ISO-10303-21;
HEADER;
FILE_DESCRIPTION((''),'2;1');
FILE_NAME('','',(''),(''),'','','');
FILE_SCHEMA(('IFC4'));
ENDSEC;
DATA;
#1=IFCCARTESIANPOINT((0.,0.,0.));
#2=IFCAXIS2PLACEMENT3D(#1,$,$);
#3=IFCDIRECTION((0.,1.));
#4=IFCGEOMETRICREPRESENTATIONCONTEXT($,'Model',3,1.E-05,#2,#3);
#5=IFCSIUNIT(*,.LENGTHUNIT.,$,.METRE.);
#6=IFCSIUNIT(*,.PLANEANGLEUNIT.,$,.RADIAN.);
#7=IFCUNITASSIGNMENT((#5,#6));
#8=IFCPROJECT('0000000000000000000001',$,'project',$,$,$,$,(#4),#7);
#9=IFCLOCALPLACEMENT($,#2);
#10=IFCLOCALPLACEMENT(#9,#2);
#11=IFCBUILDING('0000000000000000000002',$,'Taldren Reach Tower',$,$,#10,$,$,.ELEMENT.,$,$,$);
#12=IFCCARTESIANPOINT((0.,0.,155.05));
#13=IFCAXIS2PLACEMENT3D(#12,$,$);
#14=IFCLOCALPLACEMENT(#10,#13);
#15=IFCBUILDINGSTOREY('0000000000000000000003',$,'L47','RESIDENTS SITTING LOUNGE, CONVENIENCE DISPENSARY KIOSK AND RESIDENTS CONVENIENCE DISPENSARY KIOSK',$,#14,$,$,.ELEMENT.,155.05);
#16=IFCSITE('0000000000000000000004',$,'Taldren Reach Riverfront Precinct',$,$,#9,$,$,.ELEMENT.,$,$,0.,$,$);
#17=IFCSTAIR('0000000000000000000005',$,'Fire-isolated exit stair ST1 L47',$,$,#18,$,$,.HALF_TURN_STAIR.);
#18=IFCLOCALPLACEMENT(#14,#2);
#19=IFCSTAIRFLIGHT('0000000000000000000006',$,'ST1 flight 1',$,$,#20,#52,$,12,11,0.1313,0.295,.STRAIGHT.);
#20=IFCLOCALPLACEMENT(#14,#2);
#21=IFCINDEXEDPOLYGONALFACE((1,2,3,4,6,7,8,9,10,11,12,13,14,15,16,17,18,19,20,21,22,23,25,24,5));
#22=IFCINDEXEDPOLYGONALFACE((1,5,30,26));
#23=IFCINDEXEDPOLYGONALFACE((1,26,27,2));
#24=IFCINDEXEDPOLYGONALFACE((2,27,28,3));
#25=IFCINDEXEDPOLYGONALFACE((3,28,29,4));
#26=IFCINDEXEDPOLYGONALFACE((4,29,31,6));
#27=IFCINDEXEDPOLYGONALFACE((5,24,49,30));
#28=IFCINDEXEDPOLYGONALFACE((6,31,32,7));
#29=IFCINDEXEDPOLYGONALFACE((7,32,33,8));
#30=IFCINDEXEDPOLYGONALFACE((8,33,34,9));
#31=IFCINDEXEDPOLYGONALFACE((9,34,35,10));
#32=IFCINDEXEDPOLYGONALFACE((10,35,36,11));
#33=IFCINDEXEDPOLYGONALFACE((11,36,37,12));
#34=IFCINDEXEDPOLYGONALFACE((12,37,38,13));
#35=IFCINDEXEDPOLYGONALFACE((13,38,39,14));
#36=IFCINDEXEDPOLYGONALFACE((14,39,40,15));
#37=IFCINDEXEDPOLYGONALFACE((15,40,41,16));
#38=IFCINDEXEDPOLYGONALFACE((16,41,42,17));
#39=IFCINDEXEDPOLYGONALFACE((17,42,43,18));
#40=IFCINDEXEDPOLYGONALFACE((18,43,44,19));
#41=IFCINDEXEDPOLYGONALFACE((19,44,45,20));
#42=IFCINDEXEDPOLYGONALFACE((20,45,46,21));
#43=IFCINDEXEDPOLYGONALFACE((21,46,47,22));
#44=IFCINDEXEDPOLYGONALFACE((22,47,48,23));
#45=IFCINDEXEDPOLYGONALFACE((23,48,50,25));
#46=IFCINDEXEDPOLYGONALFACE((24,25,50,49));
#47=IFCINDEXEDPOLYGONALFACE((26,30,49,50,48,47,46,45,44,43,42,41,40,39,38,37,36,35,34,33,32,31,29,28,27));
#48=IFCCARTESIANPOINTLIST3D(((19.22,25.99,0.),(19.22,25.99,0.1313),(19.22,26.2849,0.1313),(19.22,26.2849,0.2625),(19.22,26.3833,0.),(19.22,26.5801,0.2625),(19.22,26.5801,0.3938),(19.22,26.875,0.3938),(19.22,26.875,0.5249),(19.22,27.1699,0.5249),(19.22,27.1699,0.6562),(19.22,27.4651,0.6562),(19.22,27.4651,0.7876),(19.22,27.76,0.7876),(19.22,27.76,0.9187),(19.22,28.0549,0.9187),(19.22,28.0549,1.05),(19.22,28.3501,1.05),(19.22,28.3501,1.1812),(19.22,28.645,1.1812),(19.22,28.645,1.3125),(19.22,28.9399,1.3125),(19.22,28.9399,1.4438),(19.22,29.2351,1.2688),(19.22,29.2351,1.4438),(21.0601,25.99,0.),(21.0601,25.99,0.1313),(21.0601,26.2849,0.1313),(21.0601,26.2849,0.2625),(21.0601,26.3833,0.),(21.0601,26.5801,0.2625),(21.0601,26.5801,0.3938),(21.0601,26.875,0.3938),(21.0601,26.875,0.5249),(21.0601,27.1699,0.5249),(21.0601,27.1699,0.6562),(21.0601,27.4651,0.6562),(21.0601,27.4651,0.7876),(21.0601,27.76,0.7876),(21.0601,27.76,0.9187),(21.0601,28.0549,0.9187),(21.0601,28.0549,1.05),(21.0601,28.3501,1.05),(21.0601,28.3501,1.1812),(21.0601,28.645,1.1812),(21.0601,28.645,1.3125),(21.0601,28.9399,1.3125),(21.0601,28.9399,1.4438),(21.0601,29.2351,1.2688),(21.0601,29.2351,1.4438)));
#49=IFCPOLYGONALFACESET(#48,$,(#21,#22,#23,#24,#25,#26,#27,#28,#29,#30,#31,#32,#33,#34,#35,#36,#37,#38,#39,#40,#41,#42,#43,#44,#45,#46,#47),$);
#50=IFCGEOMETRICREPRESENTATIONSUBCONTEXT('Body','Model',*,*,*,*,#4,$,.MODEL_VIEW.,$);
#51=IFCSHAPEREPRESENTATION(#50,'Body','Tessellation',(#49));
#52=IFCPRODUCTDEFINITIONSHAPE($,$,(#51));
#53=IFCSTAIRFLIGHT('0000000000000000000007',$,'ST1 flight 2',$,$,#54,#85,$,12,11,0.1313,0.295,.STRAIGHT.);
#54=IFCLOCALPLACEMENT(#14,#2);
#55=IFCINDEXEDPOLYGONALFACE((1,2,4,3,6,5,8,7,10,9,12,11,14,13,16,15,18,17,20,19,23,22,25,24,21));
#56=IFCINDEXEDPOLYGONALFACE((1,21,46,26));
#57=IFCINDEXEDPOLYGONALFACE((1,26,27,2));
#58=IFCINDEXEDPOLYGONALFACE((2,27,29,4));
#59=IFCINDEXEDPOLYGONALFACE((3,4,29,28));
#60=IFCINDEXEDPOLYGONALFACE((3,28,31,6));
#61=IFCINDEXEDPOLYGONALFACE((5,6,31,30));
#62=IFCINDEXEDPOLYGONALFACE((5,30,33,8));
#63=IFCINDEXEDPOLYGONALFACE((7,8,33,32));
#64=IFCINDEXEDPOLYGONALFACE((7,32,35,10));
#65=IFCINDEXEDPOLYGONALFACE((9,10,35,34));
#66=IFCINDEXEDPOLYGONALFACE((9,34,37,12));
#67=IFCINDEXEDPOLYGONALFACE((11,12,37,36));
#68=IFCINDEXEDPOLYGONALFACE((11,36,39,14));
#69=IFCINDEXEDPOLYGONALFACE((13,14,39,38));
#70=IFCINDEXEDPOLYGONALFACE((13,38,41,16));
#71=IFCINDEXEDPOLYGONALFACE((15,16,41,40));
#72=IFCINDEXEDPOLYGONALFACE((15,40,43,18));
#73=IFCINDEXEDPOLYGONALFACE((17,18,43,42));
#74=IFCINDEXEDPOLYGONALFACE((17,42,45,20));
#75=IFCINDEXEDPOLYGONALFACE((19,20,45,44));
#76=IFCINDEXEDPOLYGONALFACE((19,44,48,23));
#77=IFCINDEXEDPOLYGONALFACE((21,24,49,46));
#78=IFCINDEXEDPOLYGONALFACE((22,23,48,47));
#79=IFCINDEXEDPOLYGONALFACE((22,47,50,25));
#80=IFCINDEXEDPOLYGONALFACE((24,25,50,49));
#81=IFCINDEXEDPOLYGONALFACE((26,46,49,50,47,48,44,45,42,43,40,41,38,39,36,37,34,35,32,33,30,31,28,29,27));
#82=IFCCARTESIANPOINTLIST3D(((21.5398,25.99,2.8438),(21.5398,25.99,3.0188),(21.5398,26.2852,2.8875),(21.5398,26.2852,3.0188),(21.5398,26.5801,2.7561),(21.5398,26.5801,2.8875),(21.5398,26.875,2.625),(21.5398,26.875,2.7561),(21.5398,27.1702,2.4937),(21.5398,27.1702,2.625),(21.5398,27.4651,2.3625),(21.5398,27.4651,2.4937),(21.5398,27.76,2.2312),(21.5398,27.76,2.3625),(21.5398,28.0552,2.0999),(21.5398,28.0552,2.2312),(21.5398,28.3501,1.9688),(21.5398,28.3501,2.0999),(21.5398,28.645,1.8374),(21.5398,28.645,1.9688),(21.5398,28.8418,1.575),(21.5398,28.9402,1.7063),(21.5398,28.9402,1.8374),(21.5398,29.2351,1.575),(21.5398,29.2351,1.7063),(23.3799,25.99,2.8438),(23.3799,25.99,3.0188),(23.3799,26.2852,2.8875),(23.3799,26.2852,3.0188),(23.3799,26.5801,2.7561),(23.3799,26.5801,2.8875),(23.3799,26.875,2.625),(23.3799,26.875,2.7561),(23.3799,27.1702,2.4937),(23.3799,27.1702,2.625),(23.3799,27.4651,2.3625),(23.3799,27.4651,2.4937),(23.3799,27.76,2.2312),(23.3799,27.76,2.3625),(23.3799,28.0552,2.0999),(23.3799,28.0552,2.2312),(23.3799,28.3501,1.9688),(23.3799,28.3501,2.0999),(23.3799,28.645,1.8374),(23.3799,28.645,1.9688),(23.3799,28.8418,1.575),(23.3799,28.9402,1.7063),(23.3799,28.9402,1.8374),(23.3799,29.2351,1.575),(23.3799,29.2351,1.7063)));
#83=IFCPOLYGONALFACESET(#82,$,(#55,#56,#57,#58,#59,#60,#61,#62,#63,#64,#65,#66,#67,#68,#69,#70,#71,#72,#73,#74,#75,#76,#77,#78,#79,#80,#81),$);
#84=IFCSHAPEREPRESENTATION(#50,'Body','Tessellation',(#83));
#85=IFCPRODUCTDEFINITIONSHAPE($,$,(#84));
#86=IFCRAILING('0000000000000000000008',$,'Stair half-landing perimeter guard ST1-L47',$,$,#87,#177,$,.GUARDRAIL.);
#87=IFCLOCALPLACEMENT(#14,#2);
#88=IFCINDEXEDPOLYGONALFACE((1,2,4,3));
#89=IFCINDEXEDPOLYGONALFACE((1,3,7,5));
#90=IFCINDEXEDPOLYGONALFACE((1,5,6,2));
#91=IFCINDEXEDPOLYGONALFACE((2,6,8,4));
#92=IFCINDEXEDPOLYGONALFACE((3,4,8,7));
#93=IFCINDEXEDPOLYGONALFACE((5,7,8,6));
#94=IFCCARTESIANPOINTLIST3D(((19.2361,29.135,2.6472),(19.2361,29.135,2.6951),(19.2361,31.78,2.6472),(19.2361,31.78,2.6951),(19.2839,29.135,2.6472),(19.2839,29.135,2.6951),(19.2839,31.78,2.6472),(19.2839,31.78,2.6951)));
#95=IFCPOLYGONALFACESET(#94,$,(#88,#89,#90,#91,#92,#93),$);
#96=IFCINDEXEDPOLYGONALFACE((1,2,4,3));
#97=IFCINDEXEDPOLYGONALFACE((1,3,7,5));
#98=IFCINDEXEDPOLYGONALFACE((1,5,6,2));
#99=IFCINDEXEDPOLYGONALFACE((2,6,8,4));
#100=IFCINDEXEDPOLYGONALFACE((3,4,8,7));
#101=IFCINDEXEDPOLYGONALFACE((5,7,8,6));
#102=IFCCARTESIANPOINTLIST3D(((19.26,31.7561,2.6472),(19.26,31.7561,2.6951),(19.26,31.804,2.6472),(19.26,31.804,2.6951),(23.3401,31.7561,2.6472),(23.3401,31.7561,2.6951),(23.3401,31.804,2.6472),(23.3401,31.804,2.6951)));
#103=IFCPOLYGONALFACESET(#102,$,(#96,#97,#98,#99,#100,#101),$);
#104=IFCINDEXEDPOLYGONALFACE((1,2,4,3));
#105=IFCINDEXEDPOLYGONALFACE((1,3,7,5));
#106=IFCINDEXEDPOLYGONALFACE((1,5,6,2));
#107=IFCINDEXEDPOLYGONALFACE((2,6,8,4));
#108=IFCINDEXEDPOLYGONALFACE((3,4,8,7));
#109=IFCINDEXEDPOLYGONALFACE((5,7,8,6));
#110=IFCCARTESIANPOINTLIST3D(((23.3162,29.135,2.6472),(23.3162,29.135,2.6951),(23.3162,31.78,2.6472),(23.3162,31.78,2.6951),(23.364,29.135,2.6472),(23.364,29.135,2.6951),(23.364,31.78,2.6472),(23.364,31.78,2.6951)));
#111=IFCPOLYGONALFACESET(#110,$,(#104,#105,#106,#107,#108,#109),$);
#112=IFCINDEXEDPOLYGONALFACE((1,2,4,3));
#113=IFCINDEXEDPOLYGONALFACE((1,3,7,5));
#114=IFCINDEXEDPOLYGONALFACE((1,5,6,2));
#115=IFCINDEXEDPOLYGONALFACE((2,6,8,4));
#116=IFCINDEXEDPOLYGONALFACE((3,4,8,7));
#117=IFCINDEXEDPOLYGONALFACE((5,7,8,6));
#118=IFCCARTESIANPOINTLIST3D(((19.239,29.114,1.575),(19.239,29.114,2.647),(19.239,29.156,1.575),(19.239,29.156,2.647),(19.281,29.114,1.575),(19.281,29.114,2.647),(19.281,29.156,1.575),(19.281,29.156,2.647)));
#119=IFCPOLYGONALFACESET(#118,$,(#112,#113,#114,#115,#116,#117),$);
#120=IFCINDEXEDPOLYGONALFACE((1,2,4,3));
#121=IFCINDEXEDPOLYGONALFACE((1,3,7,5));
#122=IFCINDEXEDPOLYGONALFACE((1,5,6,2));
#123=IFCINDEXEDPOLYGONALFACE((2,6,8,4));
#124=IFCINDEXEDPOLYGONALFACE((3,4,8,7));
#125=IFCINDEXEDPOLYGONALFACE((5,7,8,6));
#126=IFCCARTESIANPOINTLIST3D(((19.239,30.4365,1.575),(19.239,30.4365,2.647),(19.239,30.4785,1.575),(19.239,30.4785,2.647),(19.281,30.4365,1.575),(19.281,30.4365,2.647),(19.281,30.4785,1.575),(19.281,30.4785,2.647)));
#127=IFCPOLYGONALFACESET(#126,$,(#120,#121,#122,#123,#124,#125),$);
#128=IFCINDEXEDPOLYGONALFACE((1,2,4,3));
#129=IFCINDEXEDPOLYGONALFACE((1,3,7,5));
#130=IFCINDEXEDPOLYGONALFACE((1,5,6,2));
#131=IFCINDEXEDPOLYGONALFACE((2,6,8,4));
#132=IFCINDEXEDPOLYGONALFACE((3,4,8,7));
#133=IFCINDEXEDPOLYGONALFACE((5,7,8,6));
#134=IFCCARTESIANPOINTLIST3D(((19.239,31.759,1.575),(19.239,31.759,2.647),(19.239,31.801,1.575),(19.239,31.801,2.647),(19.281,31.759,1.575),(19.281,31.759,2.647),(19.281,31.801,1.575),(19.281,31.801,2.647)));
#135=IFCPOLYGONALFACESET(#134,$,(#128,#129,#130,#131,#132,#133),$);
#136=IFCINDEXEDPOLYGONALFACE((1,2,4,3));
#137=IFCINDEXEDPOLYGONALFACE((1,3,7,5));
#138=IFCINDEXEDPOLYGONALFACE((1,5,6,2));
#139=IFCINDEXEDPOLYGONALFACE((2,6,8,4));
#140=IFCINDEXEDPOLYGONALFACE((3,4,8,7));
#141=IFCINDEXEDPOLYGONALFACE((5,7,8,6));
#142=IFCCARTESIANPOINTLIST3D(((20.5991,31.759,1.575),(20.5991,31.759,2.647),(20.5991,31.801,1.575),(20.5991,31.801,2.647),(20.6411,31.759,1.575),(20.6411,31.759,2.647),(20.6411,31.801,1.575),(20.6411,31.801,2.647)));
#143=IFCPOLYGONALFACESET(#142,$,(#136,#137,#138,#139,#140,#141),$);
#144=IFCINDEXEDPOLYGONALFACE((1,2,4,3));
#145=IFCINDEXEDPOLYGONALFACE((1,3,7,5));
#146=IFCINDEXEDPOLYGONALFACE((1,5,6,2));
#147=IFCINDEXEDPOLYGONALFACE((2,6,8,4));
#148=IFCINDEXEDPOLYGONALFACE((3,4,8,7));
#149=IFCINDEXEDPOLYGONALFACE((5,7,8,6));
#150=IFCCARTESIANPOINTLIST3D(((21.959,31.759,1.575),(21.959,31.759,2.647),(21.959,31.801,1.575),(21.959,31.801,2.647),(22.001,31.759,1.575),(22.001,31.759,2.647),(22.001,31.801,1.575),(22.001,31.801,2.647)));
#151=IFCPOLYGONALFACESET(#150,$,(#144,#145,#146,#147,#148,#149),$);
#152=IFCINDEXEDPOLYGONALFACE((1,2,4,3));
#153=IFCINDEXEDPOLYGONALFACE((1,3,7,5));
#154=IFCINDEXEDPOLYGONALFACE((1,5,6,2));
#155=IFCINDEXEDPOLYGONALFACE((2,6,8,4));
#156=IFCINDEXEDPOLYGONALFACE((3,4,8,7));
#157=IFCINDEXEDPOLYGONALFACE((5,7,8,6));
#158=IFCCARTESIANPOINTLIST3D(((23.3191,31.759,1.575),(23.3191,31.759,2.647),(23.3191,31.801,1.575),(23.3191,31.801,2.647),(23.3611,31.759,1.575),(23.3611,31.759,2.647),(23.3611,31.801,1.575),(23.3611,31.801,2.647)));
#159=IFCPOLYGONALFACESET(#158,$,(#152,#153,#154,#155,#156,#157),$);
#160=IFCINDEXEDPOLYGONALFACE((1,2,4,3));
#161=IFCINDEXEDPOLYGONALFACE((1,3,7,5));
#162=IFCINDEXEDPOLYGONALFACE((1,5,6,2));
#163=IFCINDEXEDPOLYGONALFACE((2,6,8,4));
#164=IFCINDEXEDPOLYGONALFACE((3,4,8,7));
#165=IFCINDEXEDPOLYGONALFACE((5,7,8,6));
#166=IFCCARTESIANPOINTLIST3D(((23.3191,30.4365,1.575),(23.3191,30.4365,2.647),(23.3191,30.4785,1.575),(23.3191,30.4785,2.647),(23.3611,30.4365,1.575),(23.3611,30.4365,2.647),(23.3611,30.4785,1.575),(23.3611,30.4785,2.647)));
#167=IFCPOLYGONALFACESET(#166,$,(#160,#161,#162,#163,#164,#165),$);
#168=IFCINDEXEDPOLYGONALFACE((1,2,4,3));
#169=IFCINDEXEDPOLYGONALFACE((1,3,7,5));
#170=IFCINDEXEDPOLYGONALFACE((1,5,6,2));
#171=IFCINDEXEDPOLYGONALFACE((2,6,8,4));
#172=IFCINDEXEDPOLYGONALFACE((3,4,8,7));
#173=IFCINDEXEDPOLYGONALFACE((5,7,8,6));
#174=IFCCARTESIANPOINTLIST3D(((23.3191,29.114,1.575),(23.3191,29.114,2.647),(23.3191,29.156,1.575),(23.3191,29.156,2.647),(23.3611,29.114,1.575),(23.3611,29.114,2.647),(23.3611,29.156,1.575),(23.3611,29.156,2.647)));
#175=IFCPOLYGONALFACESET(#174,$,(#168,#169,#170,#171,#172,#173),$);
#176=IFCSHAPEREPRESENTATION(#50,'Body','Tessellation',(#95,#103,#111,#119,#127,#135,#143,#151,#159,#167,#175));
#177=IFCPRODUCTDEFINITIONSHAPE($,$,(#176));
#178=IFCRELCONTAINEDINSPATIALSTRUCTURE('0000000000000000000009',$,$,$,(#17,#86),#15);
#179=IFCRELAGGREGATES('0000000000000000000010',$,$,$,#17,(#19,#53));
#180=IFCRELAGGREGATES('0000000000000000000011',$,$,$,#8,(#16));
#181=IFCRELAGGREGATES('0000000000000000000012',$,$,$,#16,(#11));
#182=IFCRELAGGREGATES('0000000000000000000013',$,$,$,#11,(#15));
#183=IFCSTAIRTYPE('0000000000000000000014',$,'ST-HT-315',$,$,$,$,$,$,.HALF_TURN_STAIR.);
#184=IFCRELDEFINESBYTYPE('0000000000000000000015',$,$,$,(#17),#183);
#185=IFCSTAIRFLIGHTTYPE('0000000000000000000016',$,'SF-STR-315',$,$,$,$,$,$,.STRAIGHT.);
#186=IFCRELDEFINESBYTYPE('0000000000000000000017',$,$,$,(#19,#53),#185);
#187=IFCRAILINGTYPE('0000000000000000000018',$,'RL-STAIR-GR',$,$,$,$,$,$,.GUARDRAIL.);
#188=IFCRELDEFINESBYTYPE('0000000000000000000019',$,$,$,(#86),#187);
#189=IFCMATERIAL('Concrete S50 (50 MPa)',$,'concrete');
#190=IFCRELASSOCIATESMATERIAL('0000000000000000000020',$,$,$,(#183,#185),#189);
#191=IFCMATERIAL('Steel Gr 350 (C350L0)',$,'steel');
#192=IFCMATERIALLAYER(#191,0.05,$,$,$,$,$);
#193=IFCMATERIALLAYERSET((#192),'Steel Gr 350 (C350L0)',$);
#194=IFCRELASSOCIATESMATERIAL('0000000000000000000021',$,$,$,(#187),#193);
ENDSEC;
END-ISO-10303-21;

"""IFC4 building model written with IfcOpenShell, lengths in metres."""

from ifc_helpers import new_model, si_unit, direction, frame, origin, origin_2d, place, context, subcontext, project, spatial, polyline, rectangle, outline, extrude, material, layer, layer_set, type_object, element, aggregate, save


model = new_model("IFC4")

# Units and contexts
model_context = context("Model", 3, precision=1e-05, world=origin(), true_north=direction((0.0, 1.0)))
body_context = subcontext(model_context, "Body", "Model", "MODEL_VIEW")
ifc_project = project(units=[si_unit("LENGTHUNIT", "METRE"), si_unit("PLANEANGLEUNIT", "RADIAN")], contexts=[model_context])

# Site, building, storey
site_placement = place(None, origin())
site = spatial("IfcSite", under=ifc_project, at=site_placement, Name="Taldren Reach Riverfront Precinct", CompositionType="ELEMENT", RefElevation=0.0)
building_placement = place(site_placement, origin())
building = spatial("IfcBuilding", under=site, at=building_placement, Name="Taldren Reach Tower", CompositionType="ELEMENT")
storey_placement = place(building_placement, frame((0.0, 0.0, 155.05)))
storey = spatial("IfcBuildingStorey", under=building, at=storey_placement, Name="L47", Description="RESIDENTS SITTING LOUNGE, CONVENIENCE DISPENSARY KIOSK AND RESIDENTS CONVENIENCE DISPENSARY KIOSK", CompositionType="ELEMENT", Elevation=155.05)

# Shared definitions
ifc_material_1 = material(Name="Steel Gr 350 (C350L0)", Category="steel")

# Stair, stair flights
ifc_material_2 = material(Name="Concrete S50 (50 MPa)", Category="concrete")
stair_type = type_object("IfcStairType", Name="ST-HT-315", PredefinedType="HALF_TURN_STAIR", material=ifc_material_2)
stair_placement = place(storey_placement, origin())
stair = element("IfcStair", 1, at=stair_placement, inside=storey, type_object=stair_type, Name="Fire-isolated exit stair ST1 L47", PredefinedType="HALF_TURN_STAIR")
stair_flight_type = type_object("IfcStairFlightType", Name="SF-STR-315", PredefinedType="STRAIGHT", material=ifc_material_2)
stair_flight_1_placement = place(storey_placement, frame((20.1399, 25.99, 0.0), z_axis=(0.0, 0.0, 1.0), x_axis=(0.0, 1.0, 0.0)))
stair_flight_1 = element("IfcStairFlight", 2, at=stair_flight_1_placement, type_object=stair_flight_type, Name="ST1 flight 1", NumberOfRisers=12, NumberOfTreads=11, PredefinedType="STRAIGHT", RiserHeight=0.1313, TreadLength=0.295, context=body_context, shape_type="SweptSolid", body=[
    extrude(outline(polyline([(0.0, 0.0), (0.0, 0.1313), (0.2949, 0.1313), (0.2949, 0.2625), (0.5901, 0.2625), (0.5901, 0.3938), (0.885, 0.3938), (0.885, 0.5249), (1.1799, 0.5249), (1.1799, 0.6562), (1.4751, 0.6562), (1.4751, 0.7876), (1.77, 0.7876), (1.77, 0.9187), (2.0649, 0.9187), (2.0649, 1.05), (2.3601, 1.05), (2.3601, 1.1812), (2.655, 1.1812), (2.655, 1.3125), (2.95, 1.3125), (2.95, 1.4438), (3.2451, 1.4438), (3.2451, 1.575), (3.2451, 1.2688), (0.3933, 0.0), (0.0, 0.0)])), frame((0.0, 0.9199, 0.0), z_axis=(0.0, -1.0, 0.0), x_axis=(1.0, 0.0, 0.0)), (0.0, 0.0, 1.0), 1.8401),
])
stair_flight_2_placement = place(storey_placement, frame((22.46, 29.2351, 1.575), z_axis=(0.0, 0.0, 1.0), x_axis=(0.0, -1.0, 0.0)))
stair_flight_2 = element("IfcStairFlight", 3, at=stair_flight_2_placement, type_object=stair_flight_type, Name="ST1 flight 2", NumberOfRisers=12, NumberOfTreads=11, PredefinedType="STRAIGHT", RiserHeight=0.1313, TreadLength=0.295, context=body_context, shape_type="SweptSolid", body=[
    extrude(outline(polyline([(0.0, 0.0), (0.0, 0.1313), (0.2949, 0.1313), (0.2949, 0.2625), (0.5901, 0.2625), (0.5901, 0.3938), (0.885, 0.3938), (0.885, 0.5249), (1.1799, 0.5249), (1.1799, 0.6562), (1.4751, 0.6562), (1.4751, 0.7876), (1.77, 0.7876), (1.77, 0.9187), (2.0649, 0.9187), (2.0649, 1.05), (2.3601, 1.05), (2.3601, 1.1812), (2.655, 1.1812), (2.655, 1.3125), (2.95, 1.3125), (2.95, 1.4438), (3.2451, 1.4438), (3.2451, 1.575), (3.2451, 1.2688), (0.3933, 0.0), (0.0, 0.0)])), frame((0.0, 0.9199, 0.0), z_axis=(0.0, -1.0, 0.0), x_axis=(1.0, 0.0, 0.0)), (0.0, 0.0, 1.0), 1.8401),
])
aggregate(stair, [stair_flight_1, stair_flight_2])

# Railing
ifc_layer_1 = layer(ifc_material_1, 0.05)
ifc_layer_set_1 = layer_set([ifc_layer_1], Name="Steel Gr 350 (C350L0)")
railing_type_1 = type_object("IfcRailingType", Name="RL-STAIR-GR", PredefinedType="GUARDRAIL", material=ifc_layer_set_1)
railing_1_placement = place(storey_placement, frame((19.26, 29.135, 1.575)))
element("IfcRailing", 4, at=railing_1_placement, inside=storey, type_object=railing_type_1, Name="Stair half-landing perimeter guard ST1-L47", PredefinedType="GUARDRAIL", context=body_context, shape_type="SweptSolid", body=[
    extrude(rectangle(XDim=0.0479, YDim=0.0479, at=origin_2d()), frame((0.0, 0.0, 1.0962), z_axis=(0.0, 1.0, 0.0), x_axis=(-1.0, 0.0, 0.0)), (0.0, 0.0, 1.0), 2.645),
    extrude(rectangle(XDim=0.0479, YDim=0.0479, at=origin_2d()), frame((0.0, 2.645, 1.0962), z_axis=(1.0, 0.0, 0.0), x_axis=(0.0, 1.0, 0.0)), (0.0, 0.0, 1.0), 4.0801),
    extrude(rectangle(XDim=0.0479, YDim=0.0479, at=origin_2d()), frame((4.0801, 2.645, 1.0962), z_axis=(0.0, -1.0, 0.0), x_axis=(1.0, 0.0, 0.0)), (0.0, 0.0, 1.0), 2.645),
    extrude(rectangle(XDim=0.042, YDim=0.042, at=origin_2d()), origin(), (0.0, 0.0, 1.0), 1.072),
    extrude(rectangle(XDim=0.042, YDim=0.042, at=origin_2d()), frame((0.0, 1.3225, 0.0)), (0.0, 0.0, 1.0), 1.072),
    extrude(rectangle(XDim=0.042, YDim=0.042, at=origin_2d()), frame((0.0, 2.645, 0.0)), (0.0, 0.0, 1.0), 1.072),
    extrude(rectangle(XDim=0.042, YDim=0.042, at=origin_2d()), frame((1.3601, 2.645, 0.0)), (0.0, 0.0, 1.0), 1.072),
    extrude(rectangle(XDim=0.042, YDim=0.042, at=origin_2d()), frame((2.72, 2.645, 0.0)), (0.0, 0.0, 1.0), 1.072),
    extrude(rectangle(XDim=0.042, YDim=0.042, at=origin_2d()), frame((4.0801, 2.645, 0.0)), (0.0, 0.0, 1.0), 1.072),
    extrude(rectangle(XDim=0.042, YDim=0.042, at=origin_2d()), frame((4.0801, 1.3225, 0.0)), (0.0, 0.0, 1.0), 1.072),
    extrude(rectangle(XDim=0.042, YDim=0.042, at=origin_2d()), frame((4.0801, 0.0, 0.0)), (0.0, 0.0, 1.0), 1.072),
])

save(model, "model.ifc")
